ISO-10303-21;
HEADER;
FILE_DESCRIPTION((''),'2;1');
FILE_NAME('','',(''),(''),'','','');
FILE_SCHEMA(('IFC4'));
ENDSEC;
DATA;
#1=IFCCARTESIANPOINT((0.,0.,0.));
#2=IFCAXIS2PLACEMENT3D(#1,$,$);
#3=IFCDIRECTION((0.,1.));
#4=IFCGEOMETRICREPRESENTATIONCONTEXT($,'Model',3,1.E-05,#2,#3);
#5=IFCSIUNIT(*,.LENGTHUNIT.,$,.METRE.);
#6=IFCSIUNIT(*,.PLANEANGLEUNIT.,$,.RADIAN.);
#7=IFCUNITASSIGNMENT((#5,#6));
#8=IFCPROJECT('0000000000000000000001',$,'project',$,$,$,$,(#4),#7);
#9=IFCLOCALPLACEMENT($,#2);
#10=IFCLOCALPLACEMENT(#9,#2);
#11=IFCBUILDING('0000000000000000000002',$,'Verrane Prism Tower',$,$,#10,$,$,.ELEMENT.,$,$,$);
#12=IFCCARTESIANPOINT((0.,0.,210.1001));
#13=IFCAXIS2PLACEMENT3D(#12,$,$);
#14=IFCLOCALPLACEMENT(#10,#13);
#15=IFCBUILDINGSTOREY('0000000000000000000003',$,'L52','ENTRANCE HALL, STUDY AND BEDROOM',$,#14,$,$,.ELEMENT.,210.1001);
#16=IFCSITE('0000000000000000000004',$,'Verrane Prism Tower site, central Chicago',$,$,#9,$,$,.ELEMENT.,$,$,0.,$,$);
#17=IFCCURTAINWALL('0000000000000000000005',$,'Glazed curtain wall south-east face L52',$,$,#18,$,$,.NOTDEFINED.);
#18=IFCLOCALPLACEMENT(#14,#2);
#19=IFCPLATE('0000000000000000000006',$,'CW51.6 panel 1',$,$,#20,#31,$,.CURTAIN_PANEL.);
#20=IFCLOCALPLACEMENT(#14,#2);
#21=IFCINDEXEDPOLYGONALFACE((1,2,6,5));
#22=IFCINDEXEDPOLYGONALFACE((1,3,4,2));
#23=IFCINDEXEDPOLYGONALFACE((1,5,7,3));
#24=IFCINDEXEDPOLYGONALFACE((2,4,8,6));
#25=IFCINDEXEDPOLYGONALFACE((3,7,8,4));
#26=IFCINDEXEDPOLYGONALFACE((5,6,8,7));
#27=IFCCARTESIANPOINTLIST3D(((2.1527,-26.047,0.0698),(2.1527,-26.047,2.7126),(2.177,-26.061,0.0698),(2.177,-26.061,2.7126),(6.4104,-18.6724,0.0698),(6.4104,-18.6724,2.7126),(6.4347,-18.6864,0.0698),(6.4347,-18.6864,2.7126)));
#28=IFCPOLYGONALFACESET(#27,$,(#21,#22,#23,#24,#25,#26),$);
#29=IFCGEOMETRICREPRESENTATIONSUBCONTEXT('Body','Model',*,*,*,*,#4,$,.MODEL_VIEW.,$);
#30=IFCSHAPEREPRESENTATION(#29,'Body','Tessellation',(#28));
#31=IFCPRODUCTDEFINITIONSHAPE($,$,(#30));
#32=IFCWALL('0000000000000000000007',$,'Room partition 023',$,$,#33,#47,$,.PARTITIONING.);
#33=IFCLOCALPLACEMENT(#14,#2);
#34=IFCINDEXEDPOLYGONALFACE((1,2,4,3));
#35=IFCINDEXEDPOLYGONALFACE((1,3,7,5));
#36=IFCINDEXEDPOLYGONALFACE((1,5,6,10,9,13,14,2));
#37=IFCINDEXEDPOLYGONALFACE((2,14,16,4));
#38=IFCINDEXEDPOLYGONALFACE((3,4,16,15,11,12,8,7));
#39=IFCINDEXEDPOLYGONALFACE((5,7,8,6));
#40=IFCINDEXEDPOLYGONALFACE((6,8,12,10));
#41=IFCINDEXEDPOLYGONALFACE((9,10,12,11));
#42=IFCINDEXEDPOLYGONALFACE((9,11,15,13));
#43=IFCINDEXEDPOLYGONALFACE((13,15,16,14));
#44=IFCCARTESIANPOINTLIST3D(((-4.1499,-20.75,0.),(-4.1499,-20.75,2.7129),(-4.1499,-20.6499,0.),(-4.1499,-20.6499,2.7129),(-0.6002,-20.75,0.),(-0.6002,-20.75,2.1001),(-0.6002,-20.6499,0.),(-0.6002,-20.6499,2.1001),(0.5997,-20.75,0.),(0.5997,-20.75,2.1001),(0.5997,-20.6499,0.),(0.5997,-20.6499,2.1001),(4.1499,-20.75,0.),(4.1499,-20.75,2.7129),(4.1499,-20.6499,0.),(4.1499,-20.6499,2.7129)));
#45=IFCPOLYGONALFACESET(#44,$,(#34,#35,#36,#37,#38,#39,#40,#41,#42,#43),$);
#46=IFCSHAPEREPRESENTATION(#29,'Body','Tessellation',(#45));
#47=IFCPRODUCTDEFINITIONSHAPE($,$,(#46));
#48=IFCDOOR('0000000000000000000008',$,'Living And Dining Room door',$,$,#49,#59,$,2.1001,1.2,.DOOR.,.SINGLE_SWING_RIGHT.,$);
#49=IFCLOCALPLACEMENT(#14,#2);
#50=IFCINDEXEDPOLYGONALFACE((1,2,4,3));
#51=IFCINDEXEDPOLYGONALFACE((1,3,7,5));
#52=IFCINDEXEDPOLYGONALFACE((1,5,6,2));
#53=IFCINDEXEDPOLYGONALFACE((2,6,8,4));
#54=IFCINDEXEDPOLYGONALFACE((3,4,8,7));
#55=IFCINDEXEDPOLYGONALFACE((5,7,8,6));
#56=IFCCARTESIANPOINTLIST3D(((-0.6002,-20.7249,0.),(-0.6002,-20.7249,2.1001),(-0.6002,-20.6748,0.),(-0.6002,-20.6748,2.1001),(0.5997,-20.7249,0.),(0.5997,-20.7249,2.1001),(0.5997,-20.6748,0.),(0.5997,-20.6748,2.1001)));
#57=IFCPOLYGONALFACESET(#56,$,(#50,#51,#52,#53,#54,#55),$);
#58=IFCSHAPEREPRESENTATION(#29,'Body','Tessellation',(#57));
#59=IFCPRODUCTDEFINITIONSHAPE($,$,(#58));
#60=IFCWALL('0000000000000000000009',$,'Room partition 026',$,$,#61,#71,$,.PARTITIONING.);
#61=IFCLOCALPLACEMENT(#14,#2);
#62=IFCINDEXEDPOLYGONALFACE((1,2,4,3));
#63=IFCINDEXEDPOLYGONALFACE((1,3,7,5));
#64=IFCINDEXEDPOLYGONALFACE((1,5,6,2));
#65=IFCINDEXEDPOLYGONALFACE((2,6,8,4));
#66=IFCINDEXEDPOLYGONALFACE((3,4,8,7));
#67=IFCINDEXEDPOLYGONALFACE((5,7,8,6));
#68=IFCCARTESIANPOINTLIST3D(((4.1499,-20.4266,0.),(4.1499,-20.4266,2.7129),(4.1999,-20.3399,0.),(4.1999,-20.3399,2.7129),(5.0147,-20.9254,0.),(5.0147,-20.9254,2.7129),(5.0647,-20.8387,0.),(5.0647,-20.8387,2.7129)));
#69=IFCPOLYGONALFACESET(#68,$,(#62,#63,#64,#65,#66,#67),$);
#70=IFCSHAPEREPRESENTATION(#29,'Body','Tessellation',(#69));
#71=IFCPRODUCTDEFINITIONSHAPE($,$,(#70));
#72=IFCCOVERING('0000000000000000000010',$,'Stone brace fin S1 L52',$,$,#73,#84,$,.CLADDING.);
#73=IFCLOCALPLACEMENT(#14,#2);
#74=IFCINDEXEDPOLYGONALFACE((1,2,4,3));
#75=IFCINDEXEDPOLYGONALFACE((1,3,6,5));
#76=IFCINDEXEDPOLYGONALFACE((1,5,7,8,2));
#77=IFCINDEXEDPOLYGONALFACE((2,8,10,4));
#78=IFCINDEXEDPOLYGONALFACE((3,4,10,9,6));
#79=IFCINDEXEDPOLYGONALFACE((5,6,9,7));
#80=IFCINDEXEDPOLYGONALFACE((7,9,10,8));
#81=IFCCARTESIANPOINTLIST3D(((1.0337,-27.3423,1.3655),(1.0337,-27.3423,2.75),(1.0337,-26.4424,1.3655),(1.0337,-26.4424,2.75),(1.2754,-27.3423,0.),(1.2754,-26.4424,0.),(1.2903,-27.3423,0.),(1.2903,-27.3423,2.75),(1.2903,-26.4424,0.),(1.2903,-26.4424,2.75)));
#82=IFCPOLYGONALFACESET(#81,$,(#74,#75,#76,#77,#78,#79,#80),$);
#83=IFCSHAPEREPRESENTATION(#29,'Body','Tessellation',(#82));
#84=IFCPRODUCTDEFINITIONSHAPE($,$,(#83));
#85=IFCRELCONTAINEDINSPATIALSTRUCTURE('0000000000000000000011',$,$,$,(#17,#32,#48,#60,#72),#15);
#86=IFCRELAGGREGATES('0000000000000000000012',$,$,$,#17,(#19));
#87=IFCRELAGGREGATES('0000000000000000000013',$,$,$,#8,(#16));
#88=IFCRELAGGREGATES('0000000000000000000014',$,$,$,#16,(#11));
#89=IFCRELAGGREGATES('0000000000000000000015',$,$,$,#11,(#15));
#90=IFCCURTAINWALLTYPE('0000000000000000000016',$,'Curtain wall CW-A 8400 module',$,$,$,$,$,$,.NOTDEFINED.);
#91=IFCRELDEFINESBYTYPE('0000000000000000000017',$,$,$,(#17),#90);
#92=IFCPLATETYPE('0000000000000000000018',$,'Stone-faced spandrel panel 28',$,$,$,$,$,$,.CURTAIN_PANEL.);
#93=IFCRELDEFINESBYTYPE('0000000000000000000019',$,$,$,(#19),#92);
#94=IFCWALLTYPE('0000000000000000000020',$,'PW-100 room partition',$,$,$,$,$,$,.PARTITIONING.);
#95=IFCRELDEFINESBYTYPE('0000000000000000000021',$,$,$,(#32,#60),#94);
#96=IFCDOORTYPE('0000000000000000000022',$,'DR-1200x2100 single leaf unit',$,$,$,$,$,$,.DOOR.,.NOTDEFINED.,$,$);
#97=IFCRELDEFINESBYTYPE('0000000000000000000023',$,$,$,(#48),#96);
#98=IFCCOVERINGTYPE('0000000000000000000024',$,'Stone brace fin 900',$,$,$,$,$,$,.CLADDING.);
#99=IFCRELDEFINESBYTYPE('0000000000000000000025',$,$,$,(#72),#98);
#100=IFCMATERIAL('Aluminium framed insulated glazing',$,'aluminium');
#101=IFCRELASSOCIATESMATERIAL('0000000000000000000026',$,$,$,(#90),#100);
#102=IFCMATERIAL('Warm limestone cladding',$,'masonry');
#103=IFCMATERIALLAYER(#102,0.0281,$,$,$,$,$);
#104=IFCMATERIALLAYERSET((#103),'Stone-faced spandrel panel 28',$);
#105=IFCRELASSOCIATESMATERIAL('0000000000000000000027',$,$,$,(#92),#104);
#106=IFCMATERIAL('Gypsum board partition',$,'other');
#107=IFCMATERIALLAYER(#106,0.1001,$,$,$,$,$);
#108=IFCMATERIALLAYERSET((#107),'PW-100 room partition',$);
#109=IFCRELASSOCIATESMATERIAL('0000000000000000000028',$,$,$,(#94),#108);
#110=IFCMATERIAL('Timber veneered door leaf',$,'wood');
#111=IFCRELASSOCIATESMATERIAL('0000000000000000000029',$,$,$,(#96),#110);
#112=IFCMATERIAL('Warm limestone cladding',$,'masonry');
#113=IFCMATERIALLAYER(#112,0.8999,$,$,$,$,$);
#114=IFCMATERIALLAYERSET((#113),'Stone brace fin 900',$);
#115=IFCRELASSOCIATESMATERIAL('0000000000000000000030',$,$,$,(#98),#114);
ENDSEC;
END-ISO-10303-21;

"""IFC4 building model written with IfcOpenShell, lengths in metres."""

from ifc_helpers import new_model, si_unit, direction, frame, frame_2d, origin, origin_2d, place, context, subcontext, project, spatial, polyline, rectangle, outline, extrude, material, layer, layer_set, type_object, element, fill, aggregate, save


model = new_model("IFC4")

# Units and contexts
model_context = context("Model", 3, precision=1e-05, world=origin(), true_north=direction((0.0, 1.0)))
body_context = subcontext(model_context, "Body", "Model", "MODEL_VIEW")
ifc_project = project(units=[si_unit("LENGTHUNIT", "METRE"), si_unit("PLANEANGLEUNIT", "RADIAN")], contexts=[model_context])

# Site, building, storey
site_placement = place(None, origin())
site = spatial("IfcSite", under=ifc_project, at=site_placement, Name="Verrane Prism Tower site, central Chicago", CompositionType="ELEMENT", RefElevation=0.0)
building_placement = place(site_placement, origin())
building = spatial("IfcBuilding", under=site, at=building_placement, Name="Verrane Prism Tower", CompositionType="ELEMENT")
storey_placement = place(building_placement, frame((0.0, 0.0, 210.1001)))
storey = spatial("IfcBuildingStorey", under=building, at=storey_placement, Name="L52", Description="ENTRANCE HALL, STUDY AND BEDROOM", CompositionType="ELEMENT", Elevation=210.1001)

# Curtain wall
ifc_material_1 = material(Name="Aluminium framed insulated glazing", Category="aluminium")
curtain_wall_type = type_object("IfcCurtainWallType", Name="Curtain wall CW-A 8400 module", PredefinedType="NOTDEFINED", material=ifc_material_1)
curtain_wall_1_placement = place(storey_placement, origin())
curtain_wall_1 = element("IfcCurtainWall", 1, at=curtain_wall_1_placement, inside=storey, type_object=curtain_wall_type, Name="Glazed curtain wall south-east face L52", PredefinedType="NOTDEFINED")

# Plate
ifc_material_2 = material(Name="Warm limestone cladding", Category="masonry")
ifc_layer_1 = layer(ifc_material_2, 0.0281)
ifc_layer_set_1 = layer_set([ifc_layer_1], Name="Stone-faced spandrel panel 28")
plate_type_1 = type_object("IfcPlateType", Name="Stone-faced spandrel panel 28", PredefinedType="CURTAIN_PANEL", material=ifc_layer_set_1)
plate_1_placement = place(storey_placement, frame((4.2937, -22.3667, 0.0698), z_axis=(0.0, 0.0, 1.0), x_axis=(0.499999, 0.866026, 0.0)))
plate_1 = element("IfcPlate", 2, at=plate_1_placement, type_object=plate_type_1, Name="CW51.6 panel 1", PredefinedType="CURTAIN_PANEL", context=body_context, shape_type="SweptSolid", body=[
    extrude(rectangle(XDim=8.5154, YDim=0.0281, at=origin_2d()), origin(), (0.0, 0.0, 1.0), 2.6428),
])
aggregate(curtain_wall_1, [plate_1])

# Wall, opening, door
ifc_material_3 = material(Name="Gypsum board partition", Category="other")
ifc_layer_2 = layer(ifc_material_3, 0.1001)
ifc_layer_set_2 = layer_set([ifc_layer_2], Name="PW-100 room partition")
wall_type = type_object("IfcWallType", Name="PW-100 room partition", PredefinedType="PARTITIONING", material=ifc_layer_set_2)
wall_1_placement = place(storey_placement, frame((4.1499, -20.7, 0.0), z_axis=(0.0, 0.0, 1.0), x_axis=(-1.0, 0.0, 0.0)))
wall_1 = element("IfcWall", 3, at=wall_1_placement, inside=storey, type_object=wall_type, Name="Room partition 023", PredefinedType="PARTITIONING", context=body_context, shape_type="SweptSolid", body=[
    extrude(rectangle(XDim=8.2998, YDim=0.1001, at=frame_2d((4.1499, 0.0))), origin(), (0.0, 0.0, 1.0), 2.7129),
])
opening_placement = place(wall_1_placement, frame((3.55, 0.0, 0.0)))
opening = element("IfcOpeningElement", 4, at=opening_placement, cuts=wall_1, PredefinedType="OPENING", context=body_context, shape_type="SweptSolid", body=[
    extrude(rectangle(XDim=1.2, YDim=2.1001, at=frame_2d((0.6001, 1.05))), frame((0.0, 0.0601, 0.0), z_axis=(0.0, -1.0, 0.0), x_axis=(1.0, 0.0, 0.0)), (0.0, 0.0, 1.0), 0.1201),
])
ifc_material_4 = material(Name="Timber veneered door leaf", Category="wood")
door_type = type_object("IfcDoorType", Name="DR-1200x2100 single leaf unit", OperationType="NOTDEFINED", PredefinedType="DOOR", material=ifc_material_4)
door_placement = place(opening_placement, origin())
door = element("IfcDoor", 5, at=door_placement, inside=storey, type_object=door_type, Name="Living And Dining Room door", OperationType="SINGLE_SWING_RIGHT", OverallHeight=2.1001, OverallWidth=1.2, PredefinedType="DOOR", context=body_context, shape_type="SweptSolid", body=[
    extrude(rectangle(XDim=1.2, YDim=2.1001, at=frame_2d((0.6001, 1.05))), frame((0.0, 0.0249, 0.0), z_axis=(0.0, -1.0, 0.0), x_axis=(1.0, 0.0, 0.0)), (0.0, 0.0, 1.0), 0.05),
])
fill(opening, door)

# Wall
wall_2_placement = place(storey_placement, frame((4.175, -20.3833, 0.0), z_axis=(0.0, 0.0, 1.0), x_axis=(0.866234, -0.499638, 0.0)))
element("IfcWall", 6, at=wall_2_placement, inside=storey, type_object=wall_type, Name="Room partition 026", PredefinedType="PARTITIONING", context=body_context, shape_type="SweptSolid", body=[
    extrude(rectangle(XDim=0.9983, YDim=0.1001, at=frame_2d((0.499, 0.0))), origin(), (0.0, 0.0, 1.0), 2.7129),
])

# Covering
ifc_material_5 = material(Name="Warm limestone cladding", Category="masonry")
ifc_layer_3 = layer(ifc_material_5, 0.8999)
ifc_layer_set_3 = layer_set([ifc_layer_3], Name="Stone brace fin 900")
covering_type = type_object("IfcCoveringType", Name="Stone brace fin 900", PredefinedType="CLADDING", material=ifc_layer_set_3)
covering_placement = place(storey_placement, frame((1.2903, -26.8923, 0.0), z_axis=(0.0, 0.0, 1.0), x_axis=(-1.0, 0.0, 0.0)))
element("IfcCovering", 7, at=covering_placement, inside=storey, type_object=covering_type, Name="Stone brace fin S1 L52", PredefinedType="CLADDING", context=body_context, shape_type="SweptSolid", body=[
    extrude(outline(polyline([(0.2566, 2.75), (0.0, 2.75), (0.0, 0.0), (0.0149, 0.0), (0.2566, 1.3655), (0.2566, 2.75)])), frame((0.0, 0.45, 0.0), z_axis=(0.0, -1.0, 0.0), x_axis=(1.0, 0.0, 0.0)), (0.0, 0.0, 1.0), 0.8999),
])

save(model, "model.ifc")
